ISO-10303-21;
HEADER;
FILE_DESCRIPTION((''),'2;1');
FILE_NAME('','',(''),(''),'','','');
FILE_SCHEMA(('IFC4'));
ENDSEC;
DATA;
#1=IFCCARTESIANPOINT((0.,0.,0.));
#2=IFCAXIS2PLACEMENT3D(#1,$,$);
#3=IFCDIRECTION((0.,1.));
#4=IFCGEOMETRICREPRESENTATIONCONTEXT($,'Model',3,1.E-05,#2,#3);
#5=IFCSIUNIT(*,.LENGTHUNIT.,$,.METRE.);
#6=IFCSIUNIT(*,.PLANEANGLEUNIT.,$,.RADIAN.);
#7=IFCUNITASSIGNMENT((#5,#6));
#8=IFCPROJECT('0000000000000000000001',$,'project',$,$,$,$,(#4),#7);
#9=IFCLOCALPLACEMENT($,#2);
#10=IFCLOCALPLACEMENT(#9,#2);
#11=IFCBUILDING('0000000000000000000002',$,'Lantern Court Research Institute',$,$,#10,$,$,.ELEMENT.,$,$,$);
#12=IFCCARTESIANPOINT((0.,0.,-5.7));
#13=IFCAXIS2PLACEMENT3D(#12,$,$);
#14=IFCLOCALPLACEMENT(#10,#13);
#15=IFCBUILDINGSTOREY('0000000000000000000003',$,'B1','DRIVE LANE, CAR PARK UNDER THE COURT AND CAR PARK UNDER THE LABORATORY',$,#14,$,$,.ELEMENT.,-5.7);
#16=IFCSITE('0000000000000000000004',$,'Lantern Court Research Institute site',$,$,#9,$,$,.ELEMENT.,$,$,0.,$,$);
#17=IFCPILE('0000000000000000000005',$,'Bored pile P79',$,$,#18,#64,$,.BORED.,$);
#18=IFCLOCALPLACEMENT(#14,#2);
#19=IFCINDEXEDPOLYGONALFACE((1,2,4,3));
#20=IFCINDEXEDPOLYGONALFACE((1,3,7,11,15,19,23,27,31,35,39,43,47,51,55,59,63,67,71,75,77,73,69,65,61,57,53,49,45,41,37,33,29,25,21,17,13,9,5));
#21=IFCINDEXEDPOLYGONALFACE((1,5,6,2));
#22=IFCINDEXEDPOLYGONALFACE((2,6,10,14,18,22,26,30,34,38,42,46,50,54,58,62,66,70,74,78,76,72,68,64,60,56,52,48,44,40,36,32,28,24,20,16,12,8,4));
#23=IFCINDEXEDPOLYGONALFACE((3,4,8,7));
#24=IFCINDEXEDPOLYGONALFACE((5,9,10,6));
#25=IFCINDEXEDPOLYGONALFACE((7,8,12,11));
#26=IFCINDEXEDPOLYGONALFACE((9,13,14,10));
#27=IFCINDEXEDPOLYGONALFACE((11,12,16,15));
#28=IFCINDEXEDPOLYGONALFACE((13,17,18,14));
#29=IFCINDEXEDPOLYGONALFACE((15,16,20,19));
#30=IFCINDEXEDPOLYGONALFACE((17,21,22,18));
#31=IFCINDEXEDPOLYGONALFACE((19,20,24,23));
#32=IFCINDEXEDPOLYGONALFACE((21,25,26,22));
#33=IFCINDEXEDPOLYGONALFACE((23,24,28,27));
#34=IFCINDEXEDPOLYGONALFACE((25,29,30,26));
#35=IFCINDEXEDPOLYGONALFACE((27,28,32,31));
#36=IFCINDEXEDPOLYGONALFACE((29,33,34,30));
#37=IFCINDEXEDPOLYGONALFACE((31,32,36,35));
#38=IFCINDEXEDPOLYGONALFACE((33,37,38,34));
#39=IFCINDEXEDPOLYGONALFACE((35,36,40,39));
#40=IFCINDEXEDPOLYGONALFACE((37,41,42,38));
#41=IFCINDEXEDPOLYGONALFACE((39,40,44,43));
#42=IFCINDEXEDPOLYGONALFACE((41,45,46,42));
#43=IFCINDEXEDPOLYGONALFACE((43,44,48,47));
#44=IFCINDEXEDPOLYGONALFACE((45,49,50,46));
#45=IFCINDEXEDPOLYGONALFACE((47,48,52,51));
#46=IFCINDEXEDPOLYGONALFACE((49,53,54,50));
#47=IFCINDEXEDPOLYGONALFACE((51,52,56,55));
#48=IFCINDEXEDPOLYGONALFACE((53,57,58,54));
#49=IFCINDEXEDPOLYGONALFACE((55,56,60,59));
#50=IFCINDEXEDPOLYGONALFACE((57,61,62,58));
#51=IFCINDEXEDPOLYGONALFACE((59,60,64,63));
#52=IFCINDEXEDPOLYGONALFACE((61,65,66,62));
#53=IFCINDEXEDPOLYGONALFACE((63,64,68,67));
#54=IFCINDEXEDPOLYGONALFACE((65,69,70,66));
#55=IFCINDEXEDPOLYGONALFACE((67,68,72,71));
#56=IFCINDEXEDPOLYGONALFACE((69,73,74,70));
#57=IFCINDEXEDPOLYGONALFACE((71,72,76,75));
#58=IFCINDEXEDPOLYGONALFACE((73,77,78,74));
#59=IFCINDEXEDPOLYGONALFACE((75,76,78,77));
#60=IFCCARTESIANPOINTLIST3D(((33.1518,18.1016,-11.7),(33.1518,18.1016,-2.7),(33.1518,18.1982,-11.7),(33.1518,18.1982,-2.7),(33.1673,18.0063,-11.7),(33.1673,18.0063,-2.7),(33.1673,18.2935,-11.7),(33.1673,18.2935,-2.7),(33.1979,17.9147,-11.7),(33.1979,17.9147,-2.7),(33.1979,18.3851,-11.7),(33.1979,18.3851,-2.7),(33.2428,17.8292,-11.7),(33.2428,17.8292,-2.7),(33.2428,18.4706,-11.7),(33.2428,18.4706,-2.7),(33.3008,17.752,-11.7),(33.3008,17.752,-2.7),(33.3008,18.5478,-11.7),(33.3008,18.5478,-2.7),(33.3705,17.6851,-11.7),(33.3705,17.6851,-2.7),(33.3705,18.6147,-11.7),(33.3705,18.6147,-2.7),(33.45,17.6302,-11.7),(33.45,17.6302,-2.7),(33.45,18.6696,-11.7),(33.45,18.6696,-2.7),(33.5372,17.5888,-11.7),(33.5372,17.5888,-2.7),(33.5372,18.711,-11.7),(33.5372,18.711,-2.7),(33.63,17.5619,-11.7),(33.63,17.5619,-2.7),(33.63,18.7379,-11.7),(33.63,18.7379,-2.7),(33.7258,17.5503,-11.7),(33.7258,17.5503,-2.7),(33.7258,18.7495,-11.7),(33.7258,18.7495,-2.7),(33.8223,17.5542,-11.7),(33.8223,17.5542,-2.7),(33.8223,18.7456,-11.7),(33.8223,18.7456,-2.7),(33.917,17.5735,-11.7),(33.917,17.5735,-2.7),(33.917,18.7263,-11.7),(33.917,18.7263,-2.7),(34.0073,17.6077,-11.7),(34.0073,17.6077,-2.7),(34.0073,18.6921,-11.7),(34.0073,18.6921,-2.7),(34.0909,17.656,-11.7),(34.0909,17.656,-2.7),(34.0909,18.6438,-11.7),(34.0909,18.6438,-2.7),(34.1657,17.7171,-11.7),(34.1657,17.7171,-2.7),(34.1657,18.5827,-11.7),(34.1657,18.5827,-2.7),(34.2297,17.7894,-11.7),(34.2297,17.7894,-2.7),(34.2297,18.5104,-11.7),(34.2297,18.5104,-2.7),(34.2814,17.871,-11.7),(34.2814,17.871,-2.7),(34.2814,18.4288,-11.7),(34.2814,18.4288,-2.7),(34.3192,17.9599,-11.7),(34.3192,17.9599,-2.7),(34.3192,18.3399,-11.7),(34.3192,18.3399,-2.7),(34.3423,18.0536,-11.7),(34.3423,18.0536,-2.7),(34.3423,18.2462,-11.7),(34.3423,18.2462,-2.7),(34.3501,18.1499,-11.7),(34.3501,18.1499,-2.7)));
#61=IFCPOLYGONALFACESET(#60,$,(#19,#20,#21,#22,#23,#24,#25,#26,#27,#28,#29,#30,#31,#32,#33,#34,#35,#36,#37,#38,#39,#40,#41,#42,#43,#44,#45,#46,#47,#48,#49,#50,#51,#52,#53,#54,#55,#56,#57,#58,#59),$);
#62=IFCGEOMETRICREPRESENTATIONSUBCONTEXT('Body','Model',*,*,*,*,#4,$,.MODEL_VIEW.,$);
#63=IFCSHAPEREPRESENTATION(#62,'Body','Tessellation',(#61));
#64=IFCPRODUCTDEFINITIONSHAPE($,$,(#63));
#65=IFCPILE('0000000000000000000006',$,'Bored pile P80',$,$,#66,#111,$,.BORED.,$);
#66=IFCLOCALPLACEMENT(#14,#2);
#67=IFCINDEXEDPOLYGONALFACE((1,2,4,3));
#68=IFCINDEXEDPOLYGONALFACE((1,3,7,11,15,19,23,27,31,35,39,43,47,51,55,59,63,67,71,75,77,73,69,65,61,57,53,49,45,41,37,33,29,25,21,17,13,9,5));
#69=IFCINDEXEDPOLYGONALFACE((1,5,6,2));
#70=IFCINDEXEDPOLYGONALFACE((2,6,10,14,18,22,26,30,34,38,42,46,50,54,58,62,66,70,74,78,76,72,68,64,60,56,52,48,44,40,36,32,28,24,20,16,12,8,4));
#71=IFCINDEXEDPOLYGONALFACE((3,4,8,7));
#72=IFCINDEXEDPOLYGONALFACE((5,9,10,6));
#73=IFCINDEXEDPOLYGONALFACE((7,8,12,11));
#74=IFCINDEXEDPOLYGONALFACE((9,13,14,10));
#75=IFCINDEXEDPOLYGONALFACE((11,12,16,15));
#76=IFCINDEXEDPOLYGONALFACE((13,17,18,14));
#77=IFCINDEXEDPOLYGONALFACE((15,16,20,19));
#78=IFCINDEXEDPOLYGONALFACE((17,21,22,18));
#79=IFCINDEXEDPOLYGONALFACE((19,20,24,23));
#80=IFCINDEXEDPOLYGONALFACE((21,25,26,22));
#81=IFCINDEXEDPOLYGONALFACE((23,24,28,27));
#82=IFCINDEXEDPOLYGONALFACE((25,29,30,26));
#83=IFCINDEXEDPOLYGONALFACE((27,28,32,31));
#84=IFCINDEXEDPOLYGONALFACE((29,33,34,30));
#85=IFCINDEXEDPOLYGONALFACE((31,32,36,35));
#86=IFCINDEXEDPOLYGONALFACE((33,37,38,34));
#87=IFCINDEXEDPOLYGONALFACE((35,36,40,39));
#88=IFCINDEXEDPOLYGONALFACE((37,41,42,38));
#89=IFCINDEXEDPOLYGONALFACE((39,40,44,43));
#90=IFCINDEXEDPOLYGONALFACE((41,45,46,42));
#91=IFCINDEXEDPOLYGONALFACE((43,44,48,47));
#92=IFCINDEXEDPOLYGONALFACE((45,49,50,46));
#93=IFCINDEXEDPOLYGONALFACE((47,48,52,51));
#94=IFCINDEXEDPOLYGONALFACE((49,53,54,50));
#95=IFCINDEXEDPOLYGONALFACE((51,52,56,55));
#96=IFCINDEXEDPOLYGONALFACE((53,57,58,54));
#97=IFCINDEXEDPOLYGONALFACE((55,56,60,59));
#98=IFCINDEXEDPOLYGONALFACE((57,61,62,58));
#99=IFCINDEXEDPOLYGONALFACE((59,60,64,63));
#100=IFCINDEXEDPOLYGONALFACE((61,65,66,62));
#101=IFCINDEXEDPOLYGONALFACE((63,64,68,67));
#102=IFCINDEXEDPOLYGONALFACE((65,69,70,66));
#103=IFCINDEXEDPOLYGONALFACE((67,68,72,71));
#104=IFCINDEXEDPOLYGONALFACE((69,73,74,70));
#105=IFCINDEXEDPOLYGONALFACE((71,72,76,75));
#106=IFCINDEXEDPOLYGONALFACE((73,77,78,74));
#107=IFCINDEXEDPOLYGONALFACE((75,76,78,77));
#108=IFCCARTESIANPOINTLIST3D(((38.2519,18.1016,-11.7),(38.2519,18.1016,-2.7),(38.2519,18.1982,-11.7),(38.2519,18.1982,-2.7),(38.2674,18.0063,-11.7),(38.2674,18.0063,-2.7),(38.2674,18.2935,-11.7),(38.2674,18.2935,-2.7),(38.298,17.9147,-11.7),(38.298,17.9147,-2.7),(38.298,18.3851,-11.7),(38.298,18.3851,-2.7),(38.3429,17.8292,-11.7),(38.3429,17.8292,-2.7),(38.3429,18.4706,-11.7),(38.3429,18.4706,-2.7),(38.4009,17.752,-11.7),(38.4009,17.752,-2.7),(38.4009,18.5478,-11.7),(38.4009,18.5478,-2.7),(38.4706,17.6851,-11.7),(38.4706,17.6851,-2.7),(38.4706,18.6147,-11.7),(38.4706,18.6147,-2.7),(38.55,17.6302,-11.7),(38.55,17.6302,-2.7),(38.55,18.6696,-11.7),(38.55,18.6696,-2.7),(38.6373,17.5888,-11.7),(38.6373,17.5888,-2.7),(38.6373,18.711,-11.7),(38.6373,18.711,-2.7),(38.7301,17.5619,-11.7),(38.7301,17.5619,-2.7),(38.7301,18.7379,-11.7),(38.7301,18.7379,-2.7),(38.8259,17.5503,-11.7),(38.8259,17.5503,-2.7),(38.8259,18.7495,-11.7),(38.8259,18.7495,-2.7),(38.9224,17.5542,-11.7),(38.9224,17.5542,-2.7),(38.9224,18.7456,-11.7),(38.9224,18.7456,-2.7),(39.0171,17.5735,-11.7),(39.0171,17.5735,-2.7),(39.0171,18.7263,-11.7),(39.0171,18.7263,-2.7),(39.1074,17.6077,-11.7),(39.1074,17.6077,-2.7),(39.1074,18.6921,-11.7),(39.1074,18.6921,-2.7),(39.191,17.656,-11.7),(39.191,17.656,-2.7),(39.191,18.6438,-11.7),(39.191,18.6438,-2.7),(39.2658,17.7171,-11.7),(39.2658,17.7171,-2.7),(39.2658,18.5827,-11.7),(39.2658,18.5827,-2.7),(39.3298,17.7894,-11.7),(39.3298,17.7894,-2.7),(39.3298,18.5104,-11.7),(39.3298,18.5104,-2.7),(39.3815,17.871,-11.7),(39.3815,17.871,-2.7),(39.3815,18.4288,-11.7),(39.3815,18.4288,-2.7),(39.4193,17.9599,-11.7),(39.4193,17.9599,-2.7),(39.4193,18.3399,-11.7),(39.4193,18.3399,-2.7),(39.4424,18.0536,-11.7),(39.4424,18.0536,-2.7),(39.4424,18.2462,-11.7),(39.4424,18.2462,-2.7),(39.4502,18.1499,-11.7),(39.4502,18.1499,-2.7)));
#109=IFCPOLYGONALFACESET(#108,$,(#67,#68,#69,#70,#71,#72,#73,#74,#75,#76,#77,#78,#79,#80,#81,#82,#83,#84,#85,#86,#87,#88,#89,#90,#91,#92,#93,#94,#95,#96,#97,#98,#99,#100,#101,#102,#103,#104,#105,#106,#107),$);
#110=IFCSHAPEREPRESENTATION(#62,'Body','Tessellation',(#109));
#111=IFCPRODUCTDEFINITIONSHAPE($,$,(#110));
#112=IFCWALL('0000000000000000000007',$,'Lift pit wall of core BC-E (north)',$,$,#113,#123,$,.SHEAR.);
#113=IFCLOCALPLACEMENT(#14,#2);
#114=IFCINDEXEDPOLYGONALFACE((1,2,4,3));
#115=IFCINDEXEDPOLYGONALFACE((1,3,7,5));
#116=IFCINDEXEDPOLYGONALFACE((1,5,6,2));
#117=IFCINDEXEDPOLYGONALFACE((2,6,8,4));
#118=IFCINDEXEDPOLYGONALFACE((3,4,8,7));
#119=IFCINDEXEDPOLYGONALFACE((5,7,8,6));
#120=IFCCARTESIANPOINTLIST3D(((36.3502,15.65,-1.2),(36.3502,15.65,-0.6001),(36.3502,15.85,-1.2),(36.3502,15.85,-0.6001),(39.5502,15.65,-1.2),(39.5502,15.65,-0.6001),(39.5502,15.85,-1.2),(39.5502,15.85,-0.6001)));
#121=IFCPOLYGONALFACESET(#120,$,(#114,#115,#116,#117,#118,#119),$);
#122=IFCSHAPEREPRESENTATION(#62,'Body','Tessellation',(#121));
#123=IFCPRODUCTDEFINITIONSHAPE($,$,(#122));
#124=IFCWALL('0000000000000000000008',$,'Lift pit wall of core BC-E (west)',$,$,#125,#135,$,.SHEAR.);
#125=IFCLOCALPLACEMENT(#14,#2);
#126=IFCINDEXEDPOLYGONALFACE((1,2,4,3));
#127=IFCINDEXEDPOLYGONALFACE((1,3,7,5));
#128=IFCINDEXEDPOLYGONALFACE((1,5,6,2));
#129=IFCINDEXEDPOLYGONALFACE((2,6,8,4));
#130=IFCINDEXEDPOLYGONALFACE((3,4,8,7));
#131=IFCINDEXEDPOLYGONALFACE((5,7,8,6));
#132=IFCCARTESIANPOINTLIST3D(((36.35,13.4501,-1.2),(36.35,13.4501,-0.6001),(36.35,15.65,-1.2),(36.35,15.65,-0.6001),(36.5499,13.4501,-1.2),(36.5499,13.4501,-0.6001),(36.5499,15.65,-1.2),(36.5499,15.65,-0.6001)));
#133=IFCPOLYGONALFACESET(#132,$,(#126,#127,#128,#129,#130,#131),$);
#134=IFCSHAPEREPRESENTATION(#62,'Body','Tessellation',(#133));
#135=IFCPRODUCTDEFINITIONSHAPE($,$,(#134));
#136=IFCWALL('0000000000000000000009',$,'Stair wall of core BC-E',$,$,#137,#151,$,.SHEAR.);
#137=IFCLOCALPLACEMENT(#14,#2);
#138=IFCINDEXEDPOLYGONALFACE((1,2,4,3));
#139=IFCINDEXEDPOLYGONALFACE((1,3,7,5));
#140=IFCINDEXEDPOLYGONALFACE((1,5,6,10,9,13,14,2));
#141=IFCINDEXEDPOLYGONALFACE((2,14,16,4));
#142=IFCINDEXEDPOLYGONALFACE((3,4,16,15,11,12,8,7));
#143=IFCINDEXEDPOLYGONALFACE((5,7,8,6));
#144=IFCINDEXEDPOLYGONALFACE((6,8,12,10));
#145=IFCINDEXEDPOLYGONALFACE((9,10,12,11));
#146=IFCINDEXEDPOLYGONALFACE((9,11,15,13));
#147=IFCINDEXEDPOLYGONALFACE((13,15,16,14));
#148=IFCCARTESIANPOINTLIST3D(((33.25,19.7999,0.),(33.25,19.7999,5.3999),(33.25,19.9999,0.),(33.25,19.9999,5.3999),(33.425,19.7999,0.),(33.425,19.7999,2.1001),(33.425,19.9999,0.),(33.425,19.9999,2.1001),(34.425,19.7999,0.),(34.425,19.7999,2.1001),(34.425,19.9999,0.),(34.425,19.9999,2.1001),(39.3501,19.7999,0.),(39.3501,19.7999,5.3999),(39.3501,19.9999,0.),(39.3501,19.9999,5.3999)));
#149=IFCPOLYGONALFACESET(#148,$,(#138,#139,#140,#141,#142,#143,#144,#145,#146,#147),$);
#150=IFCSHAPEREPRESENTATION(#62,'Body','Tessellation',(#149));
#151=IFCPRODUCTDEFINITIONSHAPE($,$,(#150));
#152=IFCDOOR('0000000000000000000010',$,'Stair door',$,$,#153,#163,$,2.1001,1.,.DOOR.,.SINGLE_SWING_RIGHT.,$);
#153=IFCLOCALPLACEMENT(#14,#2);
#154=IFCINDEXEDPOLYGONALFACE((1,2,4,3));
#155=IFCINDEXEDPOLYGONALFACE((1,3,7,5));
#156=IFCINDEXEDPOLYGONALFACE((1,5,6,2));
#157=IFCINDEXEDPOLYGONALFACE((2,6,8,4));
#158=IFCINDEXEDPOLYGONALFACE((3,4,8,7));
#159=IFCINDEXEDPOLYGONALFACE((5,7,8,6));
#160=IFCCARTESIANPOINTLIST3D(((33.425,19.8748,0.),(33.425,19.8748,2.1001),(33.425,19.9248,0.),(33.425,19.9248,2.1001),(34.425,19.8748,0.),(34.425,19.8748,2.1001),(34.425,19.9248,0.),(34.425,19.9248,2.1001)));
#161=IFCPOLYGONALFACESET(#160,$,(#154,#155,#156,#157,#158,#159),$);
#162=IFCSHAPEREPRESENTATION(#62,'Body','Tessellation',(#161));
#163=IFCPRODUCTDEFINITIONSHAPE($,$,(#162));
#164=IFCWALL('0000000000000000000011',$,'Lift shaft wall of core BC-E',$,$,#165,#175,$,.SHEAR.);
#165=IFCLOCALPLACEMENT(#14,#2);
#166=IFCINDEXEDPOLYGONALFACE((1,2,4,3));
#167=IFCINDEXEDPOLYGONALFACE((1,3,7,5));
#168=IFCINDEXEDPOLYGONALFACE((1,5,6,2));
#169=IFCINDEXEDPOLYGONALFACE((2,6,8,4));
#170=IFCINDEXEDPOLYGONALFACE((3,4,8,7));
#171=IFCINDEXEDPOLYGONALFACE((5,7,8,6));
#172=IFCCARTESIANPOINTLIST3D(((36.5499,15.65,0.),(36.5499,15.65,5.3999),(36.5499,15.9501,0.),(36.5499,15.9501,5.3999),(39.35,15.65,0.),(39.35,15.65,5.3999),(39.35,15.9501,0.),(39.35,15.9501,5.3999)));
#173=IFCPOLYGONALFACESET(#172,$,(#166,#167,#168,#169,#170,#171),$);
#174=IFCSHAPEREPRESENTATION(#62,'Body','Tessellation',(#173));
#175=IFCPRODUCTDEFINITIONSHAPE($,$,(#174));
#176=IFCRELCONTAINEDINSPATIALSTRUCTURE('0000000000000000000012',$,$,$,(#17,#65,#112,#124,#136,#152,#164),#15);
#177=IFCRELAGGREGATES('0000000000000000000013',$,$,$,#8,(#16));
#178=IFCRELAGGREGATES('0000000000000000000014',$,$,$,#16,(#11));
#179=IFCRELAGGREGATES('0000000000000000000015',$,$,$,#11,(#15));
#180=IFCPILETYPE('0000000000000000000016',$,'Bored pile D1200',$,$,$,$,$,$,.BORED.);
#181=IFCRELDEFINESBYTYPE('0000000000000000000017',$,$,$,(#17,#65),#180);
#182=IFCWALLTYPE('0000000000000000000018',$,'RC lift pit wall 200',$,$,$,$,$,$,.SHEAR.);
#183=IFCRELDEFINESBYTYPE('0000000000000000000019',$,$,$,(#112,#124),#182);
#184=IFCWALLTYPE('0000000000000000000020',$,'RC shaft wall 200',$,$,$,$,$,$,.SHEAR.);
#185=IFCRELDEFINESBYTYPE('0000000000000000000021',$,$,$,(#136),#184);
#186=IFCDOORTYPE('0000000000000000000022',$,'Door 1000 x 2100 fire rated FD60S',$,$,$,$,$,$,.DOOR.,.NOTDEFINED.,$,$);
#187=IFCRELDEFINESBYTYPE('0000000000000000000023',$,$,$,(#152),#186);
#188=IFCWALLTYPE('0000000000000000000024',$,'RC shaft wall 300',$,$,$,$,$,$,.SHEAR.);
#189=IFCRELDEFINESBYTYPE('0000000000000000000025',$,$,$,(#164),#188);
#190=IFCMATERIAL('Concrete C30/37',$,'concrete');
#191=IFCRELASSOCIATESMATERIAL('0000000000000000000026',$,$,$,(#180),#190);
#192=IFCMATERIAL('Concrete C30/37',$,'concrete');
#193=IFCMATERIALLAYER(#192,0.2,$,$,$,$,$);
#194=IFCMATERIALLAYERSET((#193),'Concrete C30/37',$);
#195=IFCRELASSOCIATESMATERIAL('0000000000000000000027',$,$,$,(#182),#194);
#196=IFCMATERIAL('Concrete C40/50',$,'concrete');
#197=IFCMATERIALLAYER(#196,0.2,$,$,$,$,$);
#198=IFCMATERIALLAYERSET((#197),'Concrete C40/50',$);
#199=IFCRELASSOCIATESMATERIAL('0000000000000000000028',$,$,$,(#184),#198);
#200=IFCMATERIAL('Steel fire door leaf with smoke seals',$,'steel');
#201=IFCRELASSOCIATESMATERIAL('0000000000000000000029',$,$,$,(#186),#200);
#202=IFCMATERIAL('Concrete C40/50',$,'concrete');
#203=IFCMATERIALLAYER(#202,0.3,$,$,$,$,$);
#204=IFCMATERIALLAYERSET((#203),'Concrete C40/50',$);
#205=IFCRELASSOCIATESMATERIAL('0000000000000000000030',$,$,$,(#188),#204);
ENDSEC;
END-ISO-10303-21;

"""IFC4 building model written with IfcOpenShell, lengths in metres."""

from ifc_helpers import new_model, si_unit, direction, frame, frame_2d, origin, origin_2d, place, context, subcontext, project, spatial, rectangle, circle, extrude, material, layer, layer_set, material_profile, profile_set, type_object, element, fill, save


model = new_model("IFC4")

# Units and contexts
model_context = context("Model", 3, precision=1e-05, world=origin(), true_north=direction((0.0, 1.0)))
body_context = subcontext(model_context, "Body", "Model", "MODEL_VIEW")
ifc_project = project(units=[si_unit("LENGTHUNIT", "METRE"), si_unit("PLANEANGLEUNIT", "RADIAN")], contexts=[model_context])

# Site, building, storey
site_placement = place(None, origin())
site = spatial("IfcSite", under=ifc_project, at=site_placement, Name="Lantern Court Research Institute site", CompositionType="ELEMENT", RefElevation=0.0)
building_placement = place(site_placement, origin())
building = spatial("IfcBuilding", under=site, at=building_placement, Name="Lantern Court Research Institute", CompositionType="ELEMENT")
storey_placement = place(building_placement, frame((0.0, 0.0, -5.7)))
storey = spatial("IfcBuildingStorey", under=building, at=storey_placement, Name="B1", Description="DRIVE LANE, CAR PARK UNDER THE COURT AND CAR PARK UNDER THE LABORATORY", CompositionType="ELEMENT", Elevation=-5.7)

# Piles
ifc_material_1 = material(Name="Concrete C30/37", Category="concrete")
ifc_material_profile = material_profile(ifc_material_1, circle(Radius=0.6001, at=origin_2d()), Name="Bored pile D1200")
ifc_profile_set = profile_set([ifc_material_profile], Name="Concrete C30/37")
pile_type = type_object("IfcPileType", Name="Bored pile D1200", PredefinedType="BORED", material=ifc_profile_set)
for number, where, z_axis, x_axis, name in (
    (1, (33.75, 18.1499, -2.7), (0.0, 0.0, -1.0), (1.0, 0.0, 0.0), "Bored pile P79"),
    (2, (38.8501, 18.1499, -2.7), (0.0, 0.0, -1.0), (1.0, 0.0, 0.0), "Bored pile P80"),
):
    element("IfcPile", number, at=place(storey_placement, frame(where, z_axis=z_axis, x_axis=x_axis)), inside=storey, type_object=pile_type, Name=name, PredefinedType="BORED", context=body_context, shape_type="SweptSolid", body=[
        extrude(circle(Radius=0.6001, at=origin_2d()), origin(), (0.0, 0.0, 1.0), 9.0),
    ])

# Walls
ifc_material_2 = material(Name="Concrete C30/37", Category="concrete")
ifc_layer_1 = layer(ifc_material_2, 0.2)
ifc_layer_set_1 = layer_set([ifc_layer_1], Name="Concrete C30/37")
wall_type_1 = type_object("IfcWallType", Name="RC lift pit wall 200", PredefinedType="SHEAR", material=ifc_layer_set_1)
wall_1_placement = place(storey_placement, frame((36.3501, 15.75, -1.2), z_axis=(0.0, 0.0, 1.0), x_axis=(1.0, 0.0, 0.0)))
element("IfcWall", 3, at=wall_1_placement, inside=storey, type_object=wall_type_1, Name="Lift pit wall of core BC-E (north)", PredefinedType="SHEAR", context=body_context, shape_type="SweptSolid", body=[
    extrude(rectangle(XDim=3.2, YDim=0.2, at=frame_2d((1.6001, 0.0))), origin(), (0.0, 0.0, 1.0), 0.5999),
])
wall_2_placement = place(storey_placement, frame((36.45, 13.45, -1.2), z_axis=(0.0, 0.0, 1.0), x_axis=(0.0, 1.0, 0.0)))
element("IfcWall", 4, at=wall_2_placement, inside=storey, type_object=wall_type_1, Name="Lift pit wall of core BC-E (west)", PredefinedType="SHEAR", context=body_context, shape_type="SweptSolid", body=[
    extrude(rectangle(XDim=2.2, YDim=0.2, at=frame_2d((1.1001, 0.0))), origin(), (0.0, 0.0, 1.0), 0.5999),
])

# Wall, opening, door
ifc_material_3 = material(Name="Concrete C40/50", Category="concrete")
ifc_layer_2 = layer(ifc_material_3, 0.2)
ifc_layer_set_2 = layer_set([ifc_layer_2], Name="Concrete C40/50")
wall_type_2 = type_object("IfcWallType", Name="RC shaft wall 200", PredefinedType="SHEAR", material=ifc_layer_set_2)
wall_3_placement = place(storey_placement, frame((33.25, 19.8999, 0.0), z_axis=(0.0, 0.0, 1.0), x_axis=(1.0, 0.0, 0.0)))
wall_3 = element("IfcWall", 5, at=wall_3_placement, inside=storey, type_object=wall_type_2, Name="Stair wall of core BC-E", PredefinedType="SHEAR", context=body_context, shape_type="SweptSolid", body=[
    extrude(rectangle(XDim=6.1001, YDim=0.2, at=frame_2d((3.05, 0.0))), origin(), (0.0, 0.0, 1.0), 5.3999),
])
opening_1_placement = place(wall_3_placement, frame((0.175, 0.0, 0.0)))
opening_1 = element("IfcOpeningElement", 6, at=opening_1_placement, cuts=wall_3, PredefinedType="OPENING", context=body_context, shape_type="SweptSolid", body=[
    extrude(rectangle(XDim=1.0, YDim=2.1001, at=frame_2d((0.5, 1.05))), frame((0.0, 0.1099, 0.0), z_axis=(0.0, -1.0, 0.0), x_axis=(1.0, 0.0, 0.0)), (0.0, 0.0, 1.0), 0.22),
])
ifc_material_4 = material(Name="Steel fire door leaf with smoke seals", Category="steel")
door_type_1 = type_object("IfcDoorType", Name="Door 1000 x 2100 fire rated FD60S", OperationType="NOTDEFINED", PredefinedType="DOOR", material=ifc_material_4)
door_1_placement = place(opening_1_placement, origin())
door_1 = element("IfcDoor", 7, at=door_1_placement, inside=storey, type_object=door_type_1, Name="Stair door", OperationType="SINGLE_SWING_RIGHT", OverallHeight=2.1001, OverallWidth=1.0, PredefinedType="DOOR", context=body_context, shape_type="SweptSolid", body=[
    extrude(rectangle(XDim=1.0, YDim=2.1001, at=frame_2d((0.5, 1.05))), frame((0.0, 0.0249, 0.0), z_axis=(0.0, -1.0, 0.0), x_axis=(1.0, 0.0, 0.0)), (0.0, 0.0, 1.0), 0.05),
])
fill(opening_1, door_1)

# Shared definitions
ifc_material_5 = material(Name="Concrete C40/50", Category="concrete")
ifc_layer_3 = layer(ifc_material_5, 0.3)
ifc_layer_set_3 = layer_set([ifc_layer_3], Name="Concrete C40/50")
wall_type_3 = type_object("IfcWallType", Name="RC shaft wall 300", PredefinedType="SHEAR", material=ifc_layer_set_3)

# Wall
wall_4_placement = place(storey_placement, frame((36.55, 15.8, 0.0), z_axis=(0.0, 0.0, 1.0), x_axis=(1.0, 0.0, 0.0)))
element("IfcWall", 8, at=wall_4_placement, inside=storey, type_object=wall_type_3, Name="Lift shaft wall of core BC-E", PredefinedType="SHEAR", context=body_context, shape_type="SweptSolid", body=[
    extrude(rectangle(XDim=2.8, YDim=0.3, at=frame_2d((1.3999, 0.0))), origin(), (0.0, 0.0, 1.0), 5.3999),
])

save(model, "model.ifc")
